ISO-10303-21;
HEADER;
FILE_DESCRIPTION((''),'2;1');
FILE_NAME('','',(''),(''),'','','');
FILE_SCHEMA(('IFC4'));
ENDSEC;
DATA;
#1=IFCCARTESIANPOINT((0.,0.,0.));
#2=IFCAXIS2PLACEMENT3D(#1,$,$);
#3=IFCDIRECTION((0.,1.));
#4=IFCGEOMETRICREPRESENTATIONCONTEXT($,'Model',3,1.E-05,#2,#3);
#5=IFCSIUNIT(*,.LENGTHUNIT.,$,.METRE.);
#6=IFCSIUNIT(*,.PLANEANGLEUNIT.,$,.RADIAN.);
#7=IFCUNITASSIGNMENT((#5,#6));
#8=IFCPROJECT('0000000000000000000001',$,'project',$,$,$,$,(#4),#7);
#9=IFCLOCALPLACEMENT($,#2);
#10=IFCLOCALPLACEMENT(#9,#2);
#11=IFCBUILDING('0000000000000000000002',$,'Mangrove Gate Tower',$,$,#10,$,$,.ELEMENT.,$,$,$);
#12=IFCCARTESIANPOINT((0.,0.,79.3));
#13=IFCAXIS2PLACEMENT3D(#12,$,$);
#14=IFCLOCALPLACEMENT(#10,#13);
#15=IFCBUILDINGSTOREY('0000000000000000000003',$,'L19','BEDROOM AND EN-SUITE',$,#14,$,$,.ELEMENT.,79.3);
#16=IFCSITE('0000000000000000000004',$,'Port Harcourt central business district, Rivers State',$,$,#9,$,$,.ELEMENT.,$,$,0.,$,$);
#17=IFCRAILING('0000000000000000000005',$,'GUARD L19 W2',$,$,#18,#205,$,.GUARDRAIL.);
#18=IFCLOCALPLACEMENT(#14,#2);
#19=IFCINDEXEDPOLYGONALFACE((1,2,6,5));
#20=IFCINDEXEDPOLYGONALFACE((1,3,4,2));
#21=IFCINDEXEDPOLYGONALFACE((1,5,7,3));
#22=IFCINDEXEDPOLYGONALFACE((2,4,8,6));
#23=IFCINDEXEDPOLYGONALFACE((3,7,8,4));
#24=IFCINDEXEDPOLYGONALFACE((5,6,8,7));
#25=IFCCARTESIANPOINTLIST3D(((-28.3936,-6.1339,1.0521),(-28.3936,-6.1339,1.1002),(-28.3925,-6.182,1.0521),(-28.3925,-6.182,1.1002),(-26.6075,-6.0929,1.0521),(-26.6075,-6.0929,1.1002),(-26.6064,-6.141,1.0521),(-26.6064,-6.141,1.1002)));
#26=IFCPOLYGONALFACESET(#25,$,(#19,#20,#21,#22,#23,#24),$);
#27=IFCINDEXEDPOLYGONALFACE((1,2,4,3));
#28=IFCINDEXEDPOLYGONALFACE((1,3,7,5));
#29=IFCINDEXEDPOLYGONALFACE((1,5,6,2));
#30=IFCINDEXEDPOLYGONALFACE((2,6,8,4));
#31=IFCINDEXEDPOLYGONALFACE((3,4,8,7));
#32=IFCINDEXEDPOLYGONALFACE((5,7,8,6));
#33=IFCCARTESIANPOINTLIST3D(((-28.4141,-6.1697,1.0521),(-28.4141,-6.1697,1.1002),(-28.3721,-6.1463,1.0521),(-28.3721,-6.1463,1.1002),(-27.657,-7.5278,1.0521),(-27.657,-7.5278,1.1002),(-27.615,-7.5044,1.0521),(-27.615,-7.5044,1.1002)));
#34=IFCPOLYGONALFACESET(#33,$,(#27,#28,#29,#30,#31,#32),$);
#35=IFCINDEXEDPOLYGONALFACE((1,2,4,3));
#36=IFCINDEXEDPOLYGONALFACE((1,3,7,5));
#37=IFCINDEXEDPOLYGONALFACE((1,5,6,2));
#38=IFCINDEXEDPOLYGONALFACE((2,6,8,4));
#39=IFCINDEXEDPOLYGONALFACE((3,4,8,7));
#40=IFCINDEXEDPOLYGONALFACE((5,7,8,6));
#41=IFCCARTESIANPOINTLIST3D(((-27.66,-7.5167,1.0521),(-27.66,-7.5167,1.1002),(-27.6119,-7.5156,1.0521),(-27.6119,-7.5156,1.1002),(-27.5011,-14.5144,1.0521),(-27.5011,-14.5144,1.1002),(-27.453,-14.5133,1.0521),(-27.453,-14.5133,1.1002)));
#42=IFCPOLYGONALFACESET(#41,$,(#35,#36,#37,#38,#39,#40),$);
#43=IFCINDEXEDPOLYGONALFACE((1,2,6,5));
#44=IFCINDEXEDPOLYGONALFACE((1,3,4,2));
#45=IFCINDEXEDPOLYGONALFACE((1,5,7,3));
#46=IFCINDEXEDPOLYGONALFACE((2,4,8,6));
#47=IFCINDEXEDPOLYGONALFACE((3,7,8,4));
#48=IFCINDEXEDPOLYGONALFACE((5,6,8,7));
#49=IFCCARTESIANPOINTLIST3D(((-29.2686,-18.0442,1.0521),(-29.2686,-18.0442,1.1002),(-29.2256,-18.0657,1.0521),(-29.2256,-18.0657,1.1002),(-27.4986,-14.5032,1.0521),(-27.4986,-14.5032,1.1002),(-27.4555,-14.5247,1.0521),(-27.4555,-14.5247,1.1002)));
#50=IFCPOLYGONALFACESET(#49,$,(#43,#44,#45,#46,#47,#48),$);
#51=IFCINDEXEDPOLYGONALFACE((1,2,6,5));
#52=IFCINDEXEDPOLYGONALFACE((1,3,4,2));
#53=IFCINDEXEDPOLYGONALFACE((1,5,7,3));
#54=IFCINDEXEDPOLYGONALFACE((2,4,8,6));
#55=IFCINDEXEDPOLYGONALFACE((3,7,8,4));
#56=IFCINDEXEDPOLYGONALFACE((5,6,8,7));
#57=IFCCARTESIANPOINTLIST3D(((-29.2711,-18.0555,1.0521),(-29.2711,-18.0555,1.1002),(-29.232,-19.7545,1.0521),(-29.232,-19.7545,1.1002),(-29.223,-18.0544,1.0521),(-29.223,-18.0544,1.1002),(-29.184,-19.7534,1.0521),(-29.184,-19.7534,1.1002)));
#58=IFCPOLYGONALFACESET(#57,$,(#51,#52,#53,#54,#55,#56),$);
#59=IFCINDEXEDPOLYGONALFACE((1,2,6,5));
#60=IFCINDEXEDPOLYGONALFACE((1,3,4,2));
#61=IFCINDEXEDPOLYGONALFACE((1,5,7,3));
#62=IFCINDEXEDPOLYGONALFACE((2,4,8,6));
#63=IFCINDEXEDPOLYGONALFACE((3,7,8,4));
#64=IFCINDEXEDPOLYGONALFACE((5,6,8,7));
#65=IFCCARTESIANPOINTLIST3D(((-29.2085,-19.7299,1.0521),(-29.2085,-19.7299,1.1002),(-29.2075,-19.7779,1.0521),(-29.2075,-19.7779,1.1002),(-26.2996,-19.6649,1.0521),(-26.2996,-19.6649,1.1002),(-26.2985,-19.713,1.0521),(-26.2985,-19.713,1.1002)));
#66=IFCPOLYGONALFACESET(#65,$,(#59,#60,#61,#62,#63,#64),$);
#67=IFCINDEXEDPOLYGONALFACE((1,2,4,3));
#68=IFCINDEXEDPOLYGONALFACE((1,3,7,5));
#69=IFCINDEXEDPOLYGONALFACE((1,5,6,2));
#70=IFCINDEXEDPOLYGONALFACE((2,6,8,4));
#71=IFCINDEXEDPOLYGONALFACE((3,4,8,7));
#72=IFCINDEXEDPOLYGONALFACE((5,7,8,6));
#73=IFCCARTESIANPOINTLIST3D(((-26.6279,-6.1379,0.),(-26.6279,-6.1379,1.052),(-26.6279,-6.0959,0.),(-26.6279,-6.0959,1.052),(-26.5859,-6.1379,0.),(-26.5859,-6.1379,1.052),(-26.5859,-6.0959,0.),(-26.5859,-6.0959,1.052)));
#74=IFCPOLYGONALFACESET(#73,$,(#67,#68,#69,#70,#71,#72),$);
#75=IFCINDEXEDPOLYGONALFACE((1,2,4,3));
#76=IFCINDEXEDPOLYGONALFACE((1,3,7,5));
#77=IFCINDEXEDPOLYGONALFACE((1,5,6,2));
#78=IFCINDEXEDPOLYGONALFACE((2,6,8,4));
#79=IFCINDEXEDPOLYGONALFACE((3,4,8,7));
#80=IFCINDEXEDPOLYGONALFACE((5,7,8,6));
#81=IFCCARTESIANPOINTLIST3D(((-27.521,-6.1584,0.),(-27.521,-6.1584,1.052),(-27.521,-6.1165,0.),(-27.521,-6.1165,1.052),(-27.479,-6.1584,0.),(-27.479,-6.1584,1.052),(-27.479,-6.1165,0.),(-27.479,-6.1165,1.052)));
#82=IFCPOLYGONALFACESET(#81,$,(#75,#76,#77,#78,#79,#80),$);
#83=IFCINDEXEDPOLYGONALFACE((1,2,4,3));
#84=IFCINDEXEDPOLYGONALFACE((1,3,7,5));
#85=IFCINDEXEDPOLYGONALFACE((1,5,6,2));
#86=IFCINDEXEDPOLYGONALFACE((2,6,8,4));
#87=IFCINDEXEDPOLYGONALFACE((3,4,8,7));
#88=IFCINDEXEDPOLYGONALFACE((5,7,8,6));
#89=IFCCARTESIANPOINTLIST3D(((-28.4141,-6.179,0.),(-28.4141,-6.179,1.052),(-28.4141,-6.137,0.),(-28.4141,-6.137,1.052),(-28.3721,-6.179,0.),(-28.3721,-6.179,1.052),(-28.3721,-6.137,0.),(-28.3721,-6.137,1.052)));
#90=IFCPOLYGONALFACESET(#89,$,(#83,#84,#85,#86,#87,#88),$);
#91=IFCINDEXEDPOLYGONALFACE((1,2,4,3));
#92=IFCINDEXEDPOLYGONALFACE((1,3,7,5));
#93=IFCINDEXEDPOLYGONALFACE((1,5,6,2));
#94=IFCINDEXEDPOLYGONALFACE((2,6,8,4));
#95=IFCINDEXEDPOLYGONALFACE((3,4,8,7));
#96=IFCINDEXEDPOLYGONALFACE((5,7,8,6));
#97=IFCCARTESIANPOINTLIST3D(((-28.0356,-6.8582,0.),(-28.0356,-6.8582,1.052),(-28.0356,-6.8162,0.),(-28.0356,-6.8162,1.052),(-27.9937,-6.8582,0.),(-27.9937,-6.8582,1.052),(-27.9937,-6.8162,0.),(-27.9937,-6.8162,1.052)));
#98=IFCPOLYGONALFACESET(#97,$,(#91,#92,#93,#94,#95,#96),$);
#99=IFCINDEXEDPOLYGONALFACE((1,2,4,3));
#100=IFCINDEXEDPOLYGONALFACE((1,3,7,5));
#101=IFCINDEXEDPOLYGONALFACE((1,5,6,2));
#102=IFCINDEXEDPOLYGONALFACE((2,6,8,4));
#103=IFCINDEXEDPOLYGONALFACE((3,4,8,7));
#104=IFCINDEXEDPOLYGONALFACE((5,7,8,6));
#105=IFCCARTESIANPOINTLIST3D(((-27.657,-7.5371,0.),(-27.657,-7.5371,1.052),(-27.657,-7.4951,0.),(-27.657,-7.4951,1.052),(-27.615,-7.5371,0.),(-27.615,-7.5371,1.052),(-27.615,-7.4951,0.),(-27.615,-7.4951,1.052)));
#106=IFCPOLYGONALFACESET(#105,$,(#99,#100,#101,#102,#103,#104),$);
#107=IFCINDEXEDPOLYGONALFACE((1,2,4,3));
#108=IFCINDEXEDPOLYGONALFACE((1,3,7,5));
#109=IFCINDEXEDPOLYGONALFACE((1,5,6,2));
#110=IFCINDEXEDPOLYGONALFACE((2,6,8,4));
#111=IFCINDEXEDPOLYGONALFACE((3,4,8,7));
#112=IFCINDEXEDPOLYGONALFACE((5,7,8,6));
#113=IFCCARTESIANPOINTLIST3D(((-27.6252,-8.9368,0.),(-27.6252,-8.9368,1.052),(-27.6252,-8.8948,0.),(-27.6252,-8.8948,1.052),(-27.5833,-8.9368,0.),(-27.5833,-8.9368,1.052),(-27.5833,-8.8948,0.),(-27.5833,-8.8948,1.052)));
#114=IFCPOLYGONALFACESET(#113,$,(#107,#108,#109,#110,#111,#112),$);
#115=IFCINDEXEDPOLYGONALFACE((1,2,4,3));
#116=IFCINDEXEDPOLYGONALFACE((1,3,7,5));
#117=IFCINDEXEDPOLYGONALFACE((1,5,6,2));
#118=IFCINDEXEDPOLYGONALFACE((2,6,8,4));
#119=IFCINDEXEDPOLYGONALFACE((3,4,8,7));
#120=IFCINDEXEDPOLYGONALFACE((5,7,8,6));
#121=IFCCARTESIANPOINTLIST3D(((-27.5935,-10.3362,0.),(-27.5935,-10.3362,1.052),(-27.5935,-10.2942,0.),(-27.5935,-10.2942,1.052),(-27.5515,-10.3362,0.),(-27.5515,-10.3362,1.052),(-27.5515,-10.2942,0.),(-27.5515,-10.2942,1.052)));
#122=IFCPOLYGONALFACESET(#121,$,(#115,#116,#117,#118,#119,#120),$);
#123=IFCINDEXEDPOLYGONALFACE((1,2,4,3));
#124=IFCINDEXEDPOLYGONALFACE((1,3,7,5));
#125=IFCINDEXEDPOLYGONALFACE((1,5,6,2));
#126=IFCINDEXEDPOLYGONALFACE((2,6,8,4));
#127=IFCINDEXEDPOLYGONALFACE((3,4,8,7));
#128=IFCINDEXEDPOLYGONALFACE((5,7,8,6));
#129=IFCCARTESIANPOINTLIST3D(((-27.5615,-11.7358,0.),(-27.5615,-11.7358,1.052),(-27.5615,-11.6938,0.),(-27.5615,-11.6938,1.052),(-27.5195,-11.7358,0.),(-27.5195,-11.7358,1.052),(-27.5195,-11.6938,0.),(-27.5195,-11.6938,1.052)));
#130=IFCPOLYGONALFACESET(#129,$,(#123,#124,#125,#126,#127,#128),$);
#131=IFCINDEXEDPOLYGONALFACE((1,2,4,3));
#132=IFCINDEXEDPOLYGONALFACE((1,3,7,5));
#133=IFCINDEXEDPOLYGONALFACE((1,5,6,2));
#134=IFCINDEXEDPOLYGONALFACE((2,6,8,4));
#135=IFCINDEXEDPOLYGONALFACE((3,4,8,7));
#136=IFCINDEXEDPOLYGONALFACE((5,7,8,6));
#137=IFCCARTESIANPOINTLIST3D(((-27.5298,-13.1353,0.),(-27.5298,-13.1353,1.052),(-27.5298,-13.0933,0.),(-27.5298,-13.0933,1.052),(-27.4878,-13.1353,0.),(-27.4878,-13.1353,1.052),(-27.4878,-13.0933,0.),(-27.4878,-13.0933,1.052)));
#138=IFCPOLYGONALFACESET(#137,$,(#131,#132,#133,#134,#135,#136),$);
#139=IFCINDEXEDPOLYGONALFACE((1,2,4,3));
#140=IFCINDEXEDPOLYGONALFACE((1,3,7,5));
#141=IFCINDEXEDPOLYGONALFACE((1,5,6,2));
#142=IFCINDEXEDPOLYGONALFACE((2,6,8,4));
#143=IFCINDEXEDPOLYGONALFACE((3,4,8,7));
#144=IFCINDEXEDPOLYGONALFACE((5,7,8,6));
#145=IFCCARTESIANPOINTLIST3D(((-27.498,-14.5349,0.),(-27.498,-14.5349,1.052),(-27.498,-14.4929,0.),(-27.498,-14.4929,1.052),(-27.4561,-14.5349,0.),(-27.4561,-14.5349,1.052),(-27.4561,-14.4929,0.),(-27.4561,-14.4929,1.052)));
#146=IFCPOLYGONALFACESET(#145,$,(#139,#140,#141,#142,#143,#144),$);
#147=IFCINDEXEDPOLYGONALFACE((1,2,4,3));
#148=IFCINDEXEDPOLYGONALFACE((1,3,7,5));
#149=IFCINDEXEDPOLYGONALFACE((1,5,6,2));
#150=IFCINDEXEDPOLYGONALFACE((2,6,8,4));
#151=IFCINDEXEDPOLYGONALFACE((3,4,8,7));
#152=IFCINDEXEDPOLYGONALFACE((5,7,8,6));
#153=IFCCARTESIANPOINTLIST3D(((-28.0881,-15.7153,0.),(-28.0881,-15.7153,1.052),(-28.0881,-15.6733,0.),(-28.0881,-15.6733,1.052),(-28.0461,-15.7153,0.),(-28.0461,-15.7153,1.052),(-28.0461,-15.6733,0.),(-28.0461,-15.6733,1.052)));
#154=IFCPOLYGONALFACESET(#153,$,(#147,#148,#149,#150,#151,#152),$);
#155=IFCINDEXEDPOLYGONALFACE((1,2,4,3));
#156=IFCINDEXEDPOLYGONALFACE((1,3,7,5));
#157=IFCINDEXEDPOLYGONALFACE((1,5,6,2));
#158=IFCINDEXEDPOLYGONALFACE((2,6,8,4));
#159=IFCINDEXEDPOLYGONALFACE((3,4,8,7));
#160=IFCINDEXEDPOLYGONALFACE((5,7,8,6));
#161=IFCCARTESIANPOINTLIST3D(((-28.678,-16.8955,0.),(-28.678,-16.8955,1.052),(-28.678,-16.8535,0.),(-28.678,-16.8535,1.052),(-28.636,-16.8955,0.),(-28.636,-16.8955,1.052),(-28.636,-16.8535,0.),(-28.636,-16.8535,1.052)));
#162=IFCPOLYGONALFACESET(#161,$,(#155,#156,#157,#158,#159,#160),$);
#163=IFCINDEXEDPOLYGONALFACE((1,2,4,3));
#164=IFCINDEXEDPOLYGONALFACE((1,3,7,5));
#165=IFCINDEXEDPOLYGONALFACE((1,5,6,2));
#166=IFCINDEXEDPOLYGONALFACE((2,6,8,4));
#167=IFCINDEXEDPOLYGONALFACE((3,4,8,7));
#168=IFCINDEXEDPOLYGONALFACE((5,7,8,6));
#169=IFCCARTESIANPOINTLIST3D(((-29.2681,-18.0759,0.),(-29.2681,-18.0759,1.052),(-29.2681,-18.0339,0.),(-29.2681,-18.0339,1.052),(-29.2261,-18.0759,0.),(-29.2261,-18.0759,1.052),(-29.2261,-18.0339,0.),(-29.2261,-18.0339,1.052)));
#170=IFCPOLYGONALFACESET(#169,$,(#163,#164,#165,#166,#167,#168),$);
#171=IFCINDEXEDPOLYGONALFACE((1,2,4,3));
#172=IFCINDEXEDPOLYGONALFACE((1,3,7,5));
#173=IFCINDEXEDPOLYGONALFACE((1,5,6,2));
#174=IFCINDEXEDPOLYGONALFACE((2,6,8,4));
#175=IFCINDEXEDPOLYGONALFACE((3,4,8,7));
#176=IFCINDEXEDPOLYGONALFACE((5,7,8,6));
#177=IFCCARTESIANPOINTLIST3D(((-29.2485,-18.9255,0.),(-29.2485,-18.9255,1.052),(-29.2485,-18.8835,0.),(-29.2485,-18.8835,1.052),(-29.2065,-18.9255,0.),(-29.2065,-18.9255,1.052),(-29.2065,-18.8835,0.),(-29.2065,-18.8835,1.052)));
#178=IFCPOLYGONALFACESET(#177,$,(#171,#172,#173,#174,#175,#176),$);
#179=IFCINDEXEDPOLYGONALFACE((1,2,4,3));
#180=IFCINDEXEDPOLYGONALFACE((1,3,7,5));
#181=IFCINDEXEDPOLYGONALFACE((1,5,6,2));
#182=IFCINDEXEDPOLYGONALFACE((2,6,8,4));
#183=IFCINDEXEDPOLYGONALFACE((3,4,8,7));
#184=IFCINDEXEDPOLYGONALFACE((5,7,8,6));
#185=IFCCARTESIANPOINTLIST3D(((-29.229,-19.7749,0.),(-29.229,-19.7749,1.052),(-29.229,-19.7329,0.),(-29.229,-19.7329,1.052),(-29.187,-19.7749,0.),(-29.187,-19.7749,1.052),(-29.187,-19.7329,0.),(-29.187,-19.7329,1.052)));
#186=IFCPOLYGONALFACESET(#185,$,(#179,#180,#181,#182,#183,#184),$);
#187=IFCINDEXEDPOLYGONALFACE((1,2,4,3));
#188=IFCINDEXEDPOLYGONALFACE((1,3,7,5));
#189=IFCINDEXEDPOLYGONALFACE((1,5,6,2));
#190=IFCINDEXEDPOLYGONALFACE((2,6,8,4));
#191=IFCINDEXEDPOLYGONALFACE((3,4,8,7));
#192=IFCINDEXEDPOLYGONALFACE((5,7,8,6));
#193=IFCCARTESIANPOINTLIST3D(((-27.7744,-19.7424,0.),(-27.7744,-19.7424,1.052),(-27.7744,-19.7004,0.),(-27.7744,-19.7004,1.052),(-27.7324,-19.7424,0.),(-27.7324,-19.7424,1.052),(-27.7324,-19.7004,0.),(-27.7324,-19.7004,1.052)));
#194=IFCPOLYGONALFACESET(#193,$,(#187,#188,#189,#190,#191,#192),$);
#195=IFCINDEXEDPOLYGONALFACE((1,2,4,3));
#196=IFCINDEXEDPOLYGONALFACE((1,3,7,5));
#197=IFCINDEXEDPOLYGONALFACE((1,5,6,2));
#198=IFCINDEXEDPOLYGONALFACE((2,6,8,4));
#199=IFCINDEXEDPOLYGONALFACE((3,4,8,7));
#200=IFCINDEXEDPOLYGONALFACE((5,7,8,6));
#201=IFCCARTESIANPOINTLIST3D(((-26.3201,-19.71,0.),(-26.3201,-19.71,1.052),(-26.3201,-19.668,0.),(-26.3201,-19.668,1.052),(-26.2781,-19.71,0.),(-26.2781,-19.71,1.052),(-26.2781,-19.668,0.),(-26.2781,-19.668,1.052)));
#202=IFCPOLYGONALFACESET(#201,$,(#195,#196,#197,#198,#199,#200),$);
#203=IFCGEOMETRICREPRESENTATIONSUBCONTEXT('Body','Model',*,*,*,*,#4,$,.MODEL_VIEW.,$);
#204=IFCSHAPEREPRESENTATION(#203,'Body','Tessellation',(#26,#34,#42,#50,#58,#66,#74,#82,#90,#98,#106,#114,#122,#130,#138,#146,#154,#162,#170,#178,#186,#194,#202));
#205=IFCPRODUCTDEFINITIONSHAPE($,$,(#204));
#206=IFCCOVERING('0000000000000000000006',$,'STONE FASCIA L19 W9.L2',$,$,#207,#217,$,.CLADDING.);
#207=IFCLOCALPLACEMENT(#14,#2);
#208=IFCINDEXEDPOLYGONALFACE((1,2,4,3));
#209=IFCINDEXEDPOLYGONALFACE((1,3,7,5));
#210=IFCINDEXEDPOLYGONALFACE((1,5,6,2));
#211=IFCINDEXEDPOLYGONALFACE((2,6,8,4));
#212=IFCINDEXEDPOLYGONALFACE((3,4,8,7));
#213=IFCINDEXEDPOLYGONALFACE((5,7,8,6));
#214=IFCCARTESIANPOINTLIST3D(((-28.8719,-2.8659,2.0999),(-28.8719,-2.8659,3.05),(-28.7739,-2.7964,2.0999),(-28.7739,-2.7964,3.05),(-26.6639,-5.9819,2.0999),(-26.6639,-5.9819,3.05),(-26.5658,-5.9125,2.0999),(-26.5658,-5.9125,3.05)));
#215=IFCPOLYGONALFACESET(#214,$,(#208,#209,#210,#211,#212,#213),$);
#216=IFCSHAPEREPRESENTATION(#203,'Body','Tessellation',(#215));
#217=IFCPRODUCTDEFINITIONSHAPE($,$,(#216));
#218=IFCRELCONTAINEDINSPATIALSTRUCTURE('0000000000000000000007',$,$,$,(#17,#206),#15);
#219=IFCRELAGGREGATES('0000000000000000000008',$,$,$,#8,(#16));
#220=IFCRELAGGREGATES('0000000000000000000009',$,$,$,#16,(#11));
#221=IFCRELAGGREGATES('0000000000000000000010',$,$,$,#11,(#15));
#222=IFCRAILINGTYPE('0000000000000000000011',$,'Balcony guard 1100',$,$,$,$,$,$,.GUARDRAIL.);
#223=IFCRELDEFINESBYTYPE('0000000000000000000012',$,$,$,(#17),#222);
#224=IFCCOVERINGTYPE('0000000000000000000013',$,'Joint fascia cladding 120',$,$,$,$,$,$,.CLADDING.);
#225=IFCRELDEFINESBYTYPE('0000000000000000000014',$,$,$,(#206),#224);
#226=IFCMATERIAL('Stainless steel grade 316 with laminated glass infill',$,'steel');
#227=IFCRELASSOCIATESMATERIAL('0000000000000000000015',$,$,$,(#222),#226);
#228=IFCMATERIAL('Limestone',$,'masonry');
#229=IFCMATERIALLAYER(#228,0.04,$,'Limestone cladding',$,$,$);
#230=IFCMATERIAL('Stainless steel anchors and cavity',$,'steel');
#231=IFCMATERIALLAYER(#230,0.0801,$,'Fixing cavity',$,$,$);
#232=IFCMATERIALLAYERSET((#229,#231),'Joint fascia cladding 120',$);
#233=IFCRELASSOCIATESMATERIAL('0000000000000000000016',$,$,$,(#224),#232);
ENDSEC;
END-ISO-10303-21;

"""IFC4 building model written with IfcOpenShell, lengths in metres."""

from ifc_helpers import new_model, si_unit, direction, frame, frame_2d, origin, origin_2d, place, context, subcontext, project, spatial, rectangle, extrude, material, layer, layer_set, type_object, element, save


model = new_model("IFC4")

# Units and contexts
model_context = context("Model", 3, precision=1e-05, world=origin(), true_north=direction((0.0, 1.0)))
body_context = subcontext(model_context, "Body", "Model", "MODEL_VIEW")
ifc_project = project(units=[si_unit("LENGTHUNIT", "METRE"), si_unit("PLANEANGLEUNIT", "RADIAN")], contexts=[model_context])

# Site, building, storey
site_placement = place(None, origin())
site = spatial("IfcSite", under=ifc_project, at=site_placement, Name="Port Harcourt central business district, Rivers State", CompositionType="ELEMENT", RefElevation=0.0)
building_placement = place(site_placement, origin())
building = spatial("IfcBuilding", under=site, at=building_placement, Name="Mangrove Gate Tower", CompositionType="ELEMENT")
storey_placement = place(building_placement, frame((0.0, 0.0, 79.3)))
storey = spatial("IfcBuildingStorey", under=building, at=storey_placement, Name="L19", Description="BEDROOM AND EN-SUITE", CompositionType="ELEMENT", Elevation=79.3)

# Shared definitions
ifc_material_1 = material(Name="Limestone", Category="masonry")

# Railing
ifc_material_2 = material(Name="Stainless steel grade 316 with laminated glass infill", Category="steel")
railing_type = type_object("IfcRailingType", Name="Balcony guard 1100", PredefinedType="GUARDRAIL", material=ifc_material_2)
railing_placement = place(storey_placement, frame((-26.6069, -6.1169, 0.0)))
element("IfcRailing", 1, at=railing_placement, inside=storey, type_object=railing_type, Name="GUARD L19 W2", PredefinedType="GUARDRAIL", context=body_context, shape_type="SweptSolid", body=[
    extrude(rectangle(XDim=0.0481, YDim=0.0481, at=origin_2d()), frame((0.0, 0.0, 1.0762), z_axis=(-0.999736, -0.022957, 0.0), x_axis=(0.022957, -0.999736, 0.0)), (0.0, 0.0, 1.0), 1.7866),
    extrude(rectangle(XDim=0.0481, YDim=0.0481, at=origin_2d()), frame((-1.7861, -0.041, 1.0762), z_axis=(0.486896, -0.87346, 0.0), x_axis=(0.87346, 0.486896, 0.0)), (0.0, 0.0, 1.0), 1.5549),
    extrude(rectangle(XDim=0.0481, YDim=0.0481, at=origin_2d()), frame((-1.0291, -1.3992, 1.0762), z_axis=(0.022706, -0.999742, 0.0), x_axis=(0.999742, 0.022706, 0.0)), (0.0, 0.0, 1.0), 6.9995),
    extrude(rectangle(XDim=0.0481, YDim=0.0481, at=origin_2d()), frame((-0.8701, -8.397, 1.0762), z_axis=(-0.447115, -0.894477, 0.0), x_axis=(0.894477, -0.447115, 0.0)), (0.0, 0.0, 1.0), 3.9587),
    extrude(rectangle(XDim=0.0481, YDim=0.0481, at=origin_2d()), frame((-2.6401, -11.938, 1.0762), z_axis=(0.022986, -0.999736, 0.0), x_axis=(0.999736, 0.022986, 0.0)), (0.0, 0.0, 1.0), 1.6995),
    extrude(rectangle(XDim=0.0481, YDim=0.0481, at=origin_2d()), frame((-2.6011, -13.637, 1.0762), z_axis=(0.999751, 0.022319, 0.0), x_axis=(-0.022319, 0.999751, 0.0)), (0.0, 0.0, 1.0), 2.9097),
    extrude(rectangle(XDim=0.042, YDim=0.042, at=origin_2d()), origin(), (0.0, 0.0, 1.0), 1.052),
    extrude(rectangle(XDim=0.042, YDim=0.042, at=origin_2d()), frame((-0.8931, -0.0205, 0.0)), (0.0, 0.0, 1.0), 1.052),
    extrude(rectangle(XDim=0.042, YDim=0.042, at=origin_2d()), frame((-1.7861, -0.041, 0.0)), (0.0, 0.0, 1.0), 1.052),
    extrude(rectangle(XDim=0.042, YDim=0.042, at=origin_2d()), frame((-1.4077, -0.7202, 0.0)), (0.0, 0.0, 1.0), 1.052),
    extrude(rectangle(XDim=0.042, YDim=0.042, at=origin_2d()), frame((-1.0291, -1.3992, 0.0)), (0.0, 0.0, 1.0), 1.052),
    extrude(rectangle(XDim=0.042, YDim=0.042, at=origin_2d()), frame((-0.9973, -2.7988, 0.0)), (0.0, 0.0, 1.0), 1.052),
    extrude(rectangle(XDim=0.042, YDim=0.042, at=origin_2d()), frame((-0.9656, -4.1982, 0.0)), (0.0, 0.0, 1.0), 1.052),
    extrude(rectangle(XDim=0.042, YDim=0.042, at=origin_2d()), frame((-0.9336, -5.5979, 0.0)), (0.0, 0.0, 1.0), 1.052),
    extrude(rectangle(XDim=0.042, YDim=0.042, at=origin_2d()), frame((-0.9019, -6.9973, 0.0)), (0.0, 0.0, 1.0), 1.052),
    extrude(rectangle(XDim=0.042, YDim=0.042, at=origin_2d()), frame((-0.8701, -8.397, 0.0)), (0.0, 0.0, 1.0), 1.052),
    extrude(rectangle(XDim=0.042, YDim=0.042, at=origin_2d()), frame((-1.4602, -9.5774, 0.0)), (0.0, 0.0, 1.0), 1.052),
    extrude(rectangle(XDim=0.042, YDim=0.042, at=origin_2d()), frame((-2.05, -10.7576, 0.0)), (0.0, 0.0, 1.0), 1.052),
    extrude(rectangle(XDim=0.042, YDim=0.042, at=origin_2d()), frame((-2.6401, -11.938, 0.0)), (0.0, 0.0, 1.0), 1.052),
    extrude(rectangle(XDim=0.042, YDim=0.042, at=origin_2d()), frame((-2.6206, -12.7876, 0.0)), (0.0, 0.0, 1.0), 1.052),
    extrude(rectangle(XDim=0.042, YDim=0.042, at=origin_2d()), frame((-2.6011, -13.637, 0.0)), (0.0, 0.0, 1.0), 1.052),
    extrude(rectangle(XDim=0.042, YDim=0.042, at=origin_2d()), frame((-1.1465, -13.6045, 0.0)), (0.0, 0.0, 1.0), 1.052),
    extrude(rectangle(XDim=0.042, YDim=0.042, at=origin_2d()), frame((0.3079, -13.572, 0.0)), (0.0, 0.0, 1.0), 1.052),
])

# Covering
ifc_layer_1 = layer(ifc_material_1, 0.04, Name="Limestone cladding")
ifc_material_3 = material(Name="Stainless steel anchors and cavity", Category="steel")
ifc_layer_2 = layer(ifc_material_3, 0.0801, Name="Fixing cavity")
ifc_layer_set_1 = layer_set([ifc_layer_1, ifc_layer_2], Name="Joint fascia cladding 120")
covering_type = type_object("IfcCoveringType", Name="Joint fascia cladding 120", PredefinedType="CLADDING", material=ifc_layer_set_1)
covering_placement = place(storey_placement, frame((-28.823, -2.8311, 2.0999), z_axis=(0.0, 0.0, 1.0), x_axis=(0.578168, -0.815918, 0.0)))
element("IfcCovering", 2, at=covering_placement, inside=storey, type_object=covering_type, Name="STONE FASCIA L19 W9.L2", PredefinedType="CLADDING", context=body_context, shape_type="SweptSolid", body=[
    extrude(rectangle(XDim=3.8191, YDim=0.1201, at=frame_2d((1.9097, 0.0))), origin(), (0.0, 0.0, 1.0), 0.9502),
])

save(model, "model.ifc")
